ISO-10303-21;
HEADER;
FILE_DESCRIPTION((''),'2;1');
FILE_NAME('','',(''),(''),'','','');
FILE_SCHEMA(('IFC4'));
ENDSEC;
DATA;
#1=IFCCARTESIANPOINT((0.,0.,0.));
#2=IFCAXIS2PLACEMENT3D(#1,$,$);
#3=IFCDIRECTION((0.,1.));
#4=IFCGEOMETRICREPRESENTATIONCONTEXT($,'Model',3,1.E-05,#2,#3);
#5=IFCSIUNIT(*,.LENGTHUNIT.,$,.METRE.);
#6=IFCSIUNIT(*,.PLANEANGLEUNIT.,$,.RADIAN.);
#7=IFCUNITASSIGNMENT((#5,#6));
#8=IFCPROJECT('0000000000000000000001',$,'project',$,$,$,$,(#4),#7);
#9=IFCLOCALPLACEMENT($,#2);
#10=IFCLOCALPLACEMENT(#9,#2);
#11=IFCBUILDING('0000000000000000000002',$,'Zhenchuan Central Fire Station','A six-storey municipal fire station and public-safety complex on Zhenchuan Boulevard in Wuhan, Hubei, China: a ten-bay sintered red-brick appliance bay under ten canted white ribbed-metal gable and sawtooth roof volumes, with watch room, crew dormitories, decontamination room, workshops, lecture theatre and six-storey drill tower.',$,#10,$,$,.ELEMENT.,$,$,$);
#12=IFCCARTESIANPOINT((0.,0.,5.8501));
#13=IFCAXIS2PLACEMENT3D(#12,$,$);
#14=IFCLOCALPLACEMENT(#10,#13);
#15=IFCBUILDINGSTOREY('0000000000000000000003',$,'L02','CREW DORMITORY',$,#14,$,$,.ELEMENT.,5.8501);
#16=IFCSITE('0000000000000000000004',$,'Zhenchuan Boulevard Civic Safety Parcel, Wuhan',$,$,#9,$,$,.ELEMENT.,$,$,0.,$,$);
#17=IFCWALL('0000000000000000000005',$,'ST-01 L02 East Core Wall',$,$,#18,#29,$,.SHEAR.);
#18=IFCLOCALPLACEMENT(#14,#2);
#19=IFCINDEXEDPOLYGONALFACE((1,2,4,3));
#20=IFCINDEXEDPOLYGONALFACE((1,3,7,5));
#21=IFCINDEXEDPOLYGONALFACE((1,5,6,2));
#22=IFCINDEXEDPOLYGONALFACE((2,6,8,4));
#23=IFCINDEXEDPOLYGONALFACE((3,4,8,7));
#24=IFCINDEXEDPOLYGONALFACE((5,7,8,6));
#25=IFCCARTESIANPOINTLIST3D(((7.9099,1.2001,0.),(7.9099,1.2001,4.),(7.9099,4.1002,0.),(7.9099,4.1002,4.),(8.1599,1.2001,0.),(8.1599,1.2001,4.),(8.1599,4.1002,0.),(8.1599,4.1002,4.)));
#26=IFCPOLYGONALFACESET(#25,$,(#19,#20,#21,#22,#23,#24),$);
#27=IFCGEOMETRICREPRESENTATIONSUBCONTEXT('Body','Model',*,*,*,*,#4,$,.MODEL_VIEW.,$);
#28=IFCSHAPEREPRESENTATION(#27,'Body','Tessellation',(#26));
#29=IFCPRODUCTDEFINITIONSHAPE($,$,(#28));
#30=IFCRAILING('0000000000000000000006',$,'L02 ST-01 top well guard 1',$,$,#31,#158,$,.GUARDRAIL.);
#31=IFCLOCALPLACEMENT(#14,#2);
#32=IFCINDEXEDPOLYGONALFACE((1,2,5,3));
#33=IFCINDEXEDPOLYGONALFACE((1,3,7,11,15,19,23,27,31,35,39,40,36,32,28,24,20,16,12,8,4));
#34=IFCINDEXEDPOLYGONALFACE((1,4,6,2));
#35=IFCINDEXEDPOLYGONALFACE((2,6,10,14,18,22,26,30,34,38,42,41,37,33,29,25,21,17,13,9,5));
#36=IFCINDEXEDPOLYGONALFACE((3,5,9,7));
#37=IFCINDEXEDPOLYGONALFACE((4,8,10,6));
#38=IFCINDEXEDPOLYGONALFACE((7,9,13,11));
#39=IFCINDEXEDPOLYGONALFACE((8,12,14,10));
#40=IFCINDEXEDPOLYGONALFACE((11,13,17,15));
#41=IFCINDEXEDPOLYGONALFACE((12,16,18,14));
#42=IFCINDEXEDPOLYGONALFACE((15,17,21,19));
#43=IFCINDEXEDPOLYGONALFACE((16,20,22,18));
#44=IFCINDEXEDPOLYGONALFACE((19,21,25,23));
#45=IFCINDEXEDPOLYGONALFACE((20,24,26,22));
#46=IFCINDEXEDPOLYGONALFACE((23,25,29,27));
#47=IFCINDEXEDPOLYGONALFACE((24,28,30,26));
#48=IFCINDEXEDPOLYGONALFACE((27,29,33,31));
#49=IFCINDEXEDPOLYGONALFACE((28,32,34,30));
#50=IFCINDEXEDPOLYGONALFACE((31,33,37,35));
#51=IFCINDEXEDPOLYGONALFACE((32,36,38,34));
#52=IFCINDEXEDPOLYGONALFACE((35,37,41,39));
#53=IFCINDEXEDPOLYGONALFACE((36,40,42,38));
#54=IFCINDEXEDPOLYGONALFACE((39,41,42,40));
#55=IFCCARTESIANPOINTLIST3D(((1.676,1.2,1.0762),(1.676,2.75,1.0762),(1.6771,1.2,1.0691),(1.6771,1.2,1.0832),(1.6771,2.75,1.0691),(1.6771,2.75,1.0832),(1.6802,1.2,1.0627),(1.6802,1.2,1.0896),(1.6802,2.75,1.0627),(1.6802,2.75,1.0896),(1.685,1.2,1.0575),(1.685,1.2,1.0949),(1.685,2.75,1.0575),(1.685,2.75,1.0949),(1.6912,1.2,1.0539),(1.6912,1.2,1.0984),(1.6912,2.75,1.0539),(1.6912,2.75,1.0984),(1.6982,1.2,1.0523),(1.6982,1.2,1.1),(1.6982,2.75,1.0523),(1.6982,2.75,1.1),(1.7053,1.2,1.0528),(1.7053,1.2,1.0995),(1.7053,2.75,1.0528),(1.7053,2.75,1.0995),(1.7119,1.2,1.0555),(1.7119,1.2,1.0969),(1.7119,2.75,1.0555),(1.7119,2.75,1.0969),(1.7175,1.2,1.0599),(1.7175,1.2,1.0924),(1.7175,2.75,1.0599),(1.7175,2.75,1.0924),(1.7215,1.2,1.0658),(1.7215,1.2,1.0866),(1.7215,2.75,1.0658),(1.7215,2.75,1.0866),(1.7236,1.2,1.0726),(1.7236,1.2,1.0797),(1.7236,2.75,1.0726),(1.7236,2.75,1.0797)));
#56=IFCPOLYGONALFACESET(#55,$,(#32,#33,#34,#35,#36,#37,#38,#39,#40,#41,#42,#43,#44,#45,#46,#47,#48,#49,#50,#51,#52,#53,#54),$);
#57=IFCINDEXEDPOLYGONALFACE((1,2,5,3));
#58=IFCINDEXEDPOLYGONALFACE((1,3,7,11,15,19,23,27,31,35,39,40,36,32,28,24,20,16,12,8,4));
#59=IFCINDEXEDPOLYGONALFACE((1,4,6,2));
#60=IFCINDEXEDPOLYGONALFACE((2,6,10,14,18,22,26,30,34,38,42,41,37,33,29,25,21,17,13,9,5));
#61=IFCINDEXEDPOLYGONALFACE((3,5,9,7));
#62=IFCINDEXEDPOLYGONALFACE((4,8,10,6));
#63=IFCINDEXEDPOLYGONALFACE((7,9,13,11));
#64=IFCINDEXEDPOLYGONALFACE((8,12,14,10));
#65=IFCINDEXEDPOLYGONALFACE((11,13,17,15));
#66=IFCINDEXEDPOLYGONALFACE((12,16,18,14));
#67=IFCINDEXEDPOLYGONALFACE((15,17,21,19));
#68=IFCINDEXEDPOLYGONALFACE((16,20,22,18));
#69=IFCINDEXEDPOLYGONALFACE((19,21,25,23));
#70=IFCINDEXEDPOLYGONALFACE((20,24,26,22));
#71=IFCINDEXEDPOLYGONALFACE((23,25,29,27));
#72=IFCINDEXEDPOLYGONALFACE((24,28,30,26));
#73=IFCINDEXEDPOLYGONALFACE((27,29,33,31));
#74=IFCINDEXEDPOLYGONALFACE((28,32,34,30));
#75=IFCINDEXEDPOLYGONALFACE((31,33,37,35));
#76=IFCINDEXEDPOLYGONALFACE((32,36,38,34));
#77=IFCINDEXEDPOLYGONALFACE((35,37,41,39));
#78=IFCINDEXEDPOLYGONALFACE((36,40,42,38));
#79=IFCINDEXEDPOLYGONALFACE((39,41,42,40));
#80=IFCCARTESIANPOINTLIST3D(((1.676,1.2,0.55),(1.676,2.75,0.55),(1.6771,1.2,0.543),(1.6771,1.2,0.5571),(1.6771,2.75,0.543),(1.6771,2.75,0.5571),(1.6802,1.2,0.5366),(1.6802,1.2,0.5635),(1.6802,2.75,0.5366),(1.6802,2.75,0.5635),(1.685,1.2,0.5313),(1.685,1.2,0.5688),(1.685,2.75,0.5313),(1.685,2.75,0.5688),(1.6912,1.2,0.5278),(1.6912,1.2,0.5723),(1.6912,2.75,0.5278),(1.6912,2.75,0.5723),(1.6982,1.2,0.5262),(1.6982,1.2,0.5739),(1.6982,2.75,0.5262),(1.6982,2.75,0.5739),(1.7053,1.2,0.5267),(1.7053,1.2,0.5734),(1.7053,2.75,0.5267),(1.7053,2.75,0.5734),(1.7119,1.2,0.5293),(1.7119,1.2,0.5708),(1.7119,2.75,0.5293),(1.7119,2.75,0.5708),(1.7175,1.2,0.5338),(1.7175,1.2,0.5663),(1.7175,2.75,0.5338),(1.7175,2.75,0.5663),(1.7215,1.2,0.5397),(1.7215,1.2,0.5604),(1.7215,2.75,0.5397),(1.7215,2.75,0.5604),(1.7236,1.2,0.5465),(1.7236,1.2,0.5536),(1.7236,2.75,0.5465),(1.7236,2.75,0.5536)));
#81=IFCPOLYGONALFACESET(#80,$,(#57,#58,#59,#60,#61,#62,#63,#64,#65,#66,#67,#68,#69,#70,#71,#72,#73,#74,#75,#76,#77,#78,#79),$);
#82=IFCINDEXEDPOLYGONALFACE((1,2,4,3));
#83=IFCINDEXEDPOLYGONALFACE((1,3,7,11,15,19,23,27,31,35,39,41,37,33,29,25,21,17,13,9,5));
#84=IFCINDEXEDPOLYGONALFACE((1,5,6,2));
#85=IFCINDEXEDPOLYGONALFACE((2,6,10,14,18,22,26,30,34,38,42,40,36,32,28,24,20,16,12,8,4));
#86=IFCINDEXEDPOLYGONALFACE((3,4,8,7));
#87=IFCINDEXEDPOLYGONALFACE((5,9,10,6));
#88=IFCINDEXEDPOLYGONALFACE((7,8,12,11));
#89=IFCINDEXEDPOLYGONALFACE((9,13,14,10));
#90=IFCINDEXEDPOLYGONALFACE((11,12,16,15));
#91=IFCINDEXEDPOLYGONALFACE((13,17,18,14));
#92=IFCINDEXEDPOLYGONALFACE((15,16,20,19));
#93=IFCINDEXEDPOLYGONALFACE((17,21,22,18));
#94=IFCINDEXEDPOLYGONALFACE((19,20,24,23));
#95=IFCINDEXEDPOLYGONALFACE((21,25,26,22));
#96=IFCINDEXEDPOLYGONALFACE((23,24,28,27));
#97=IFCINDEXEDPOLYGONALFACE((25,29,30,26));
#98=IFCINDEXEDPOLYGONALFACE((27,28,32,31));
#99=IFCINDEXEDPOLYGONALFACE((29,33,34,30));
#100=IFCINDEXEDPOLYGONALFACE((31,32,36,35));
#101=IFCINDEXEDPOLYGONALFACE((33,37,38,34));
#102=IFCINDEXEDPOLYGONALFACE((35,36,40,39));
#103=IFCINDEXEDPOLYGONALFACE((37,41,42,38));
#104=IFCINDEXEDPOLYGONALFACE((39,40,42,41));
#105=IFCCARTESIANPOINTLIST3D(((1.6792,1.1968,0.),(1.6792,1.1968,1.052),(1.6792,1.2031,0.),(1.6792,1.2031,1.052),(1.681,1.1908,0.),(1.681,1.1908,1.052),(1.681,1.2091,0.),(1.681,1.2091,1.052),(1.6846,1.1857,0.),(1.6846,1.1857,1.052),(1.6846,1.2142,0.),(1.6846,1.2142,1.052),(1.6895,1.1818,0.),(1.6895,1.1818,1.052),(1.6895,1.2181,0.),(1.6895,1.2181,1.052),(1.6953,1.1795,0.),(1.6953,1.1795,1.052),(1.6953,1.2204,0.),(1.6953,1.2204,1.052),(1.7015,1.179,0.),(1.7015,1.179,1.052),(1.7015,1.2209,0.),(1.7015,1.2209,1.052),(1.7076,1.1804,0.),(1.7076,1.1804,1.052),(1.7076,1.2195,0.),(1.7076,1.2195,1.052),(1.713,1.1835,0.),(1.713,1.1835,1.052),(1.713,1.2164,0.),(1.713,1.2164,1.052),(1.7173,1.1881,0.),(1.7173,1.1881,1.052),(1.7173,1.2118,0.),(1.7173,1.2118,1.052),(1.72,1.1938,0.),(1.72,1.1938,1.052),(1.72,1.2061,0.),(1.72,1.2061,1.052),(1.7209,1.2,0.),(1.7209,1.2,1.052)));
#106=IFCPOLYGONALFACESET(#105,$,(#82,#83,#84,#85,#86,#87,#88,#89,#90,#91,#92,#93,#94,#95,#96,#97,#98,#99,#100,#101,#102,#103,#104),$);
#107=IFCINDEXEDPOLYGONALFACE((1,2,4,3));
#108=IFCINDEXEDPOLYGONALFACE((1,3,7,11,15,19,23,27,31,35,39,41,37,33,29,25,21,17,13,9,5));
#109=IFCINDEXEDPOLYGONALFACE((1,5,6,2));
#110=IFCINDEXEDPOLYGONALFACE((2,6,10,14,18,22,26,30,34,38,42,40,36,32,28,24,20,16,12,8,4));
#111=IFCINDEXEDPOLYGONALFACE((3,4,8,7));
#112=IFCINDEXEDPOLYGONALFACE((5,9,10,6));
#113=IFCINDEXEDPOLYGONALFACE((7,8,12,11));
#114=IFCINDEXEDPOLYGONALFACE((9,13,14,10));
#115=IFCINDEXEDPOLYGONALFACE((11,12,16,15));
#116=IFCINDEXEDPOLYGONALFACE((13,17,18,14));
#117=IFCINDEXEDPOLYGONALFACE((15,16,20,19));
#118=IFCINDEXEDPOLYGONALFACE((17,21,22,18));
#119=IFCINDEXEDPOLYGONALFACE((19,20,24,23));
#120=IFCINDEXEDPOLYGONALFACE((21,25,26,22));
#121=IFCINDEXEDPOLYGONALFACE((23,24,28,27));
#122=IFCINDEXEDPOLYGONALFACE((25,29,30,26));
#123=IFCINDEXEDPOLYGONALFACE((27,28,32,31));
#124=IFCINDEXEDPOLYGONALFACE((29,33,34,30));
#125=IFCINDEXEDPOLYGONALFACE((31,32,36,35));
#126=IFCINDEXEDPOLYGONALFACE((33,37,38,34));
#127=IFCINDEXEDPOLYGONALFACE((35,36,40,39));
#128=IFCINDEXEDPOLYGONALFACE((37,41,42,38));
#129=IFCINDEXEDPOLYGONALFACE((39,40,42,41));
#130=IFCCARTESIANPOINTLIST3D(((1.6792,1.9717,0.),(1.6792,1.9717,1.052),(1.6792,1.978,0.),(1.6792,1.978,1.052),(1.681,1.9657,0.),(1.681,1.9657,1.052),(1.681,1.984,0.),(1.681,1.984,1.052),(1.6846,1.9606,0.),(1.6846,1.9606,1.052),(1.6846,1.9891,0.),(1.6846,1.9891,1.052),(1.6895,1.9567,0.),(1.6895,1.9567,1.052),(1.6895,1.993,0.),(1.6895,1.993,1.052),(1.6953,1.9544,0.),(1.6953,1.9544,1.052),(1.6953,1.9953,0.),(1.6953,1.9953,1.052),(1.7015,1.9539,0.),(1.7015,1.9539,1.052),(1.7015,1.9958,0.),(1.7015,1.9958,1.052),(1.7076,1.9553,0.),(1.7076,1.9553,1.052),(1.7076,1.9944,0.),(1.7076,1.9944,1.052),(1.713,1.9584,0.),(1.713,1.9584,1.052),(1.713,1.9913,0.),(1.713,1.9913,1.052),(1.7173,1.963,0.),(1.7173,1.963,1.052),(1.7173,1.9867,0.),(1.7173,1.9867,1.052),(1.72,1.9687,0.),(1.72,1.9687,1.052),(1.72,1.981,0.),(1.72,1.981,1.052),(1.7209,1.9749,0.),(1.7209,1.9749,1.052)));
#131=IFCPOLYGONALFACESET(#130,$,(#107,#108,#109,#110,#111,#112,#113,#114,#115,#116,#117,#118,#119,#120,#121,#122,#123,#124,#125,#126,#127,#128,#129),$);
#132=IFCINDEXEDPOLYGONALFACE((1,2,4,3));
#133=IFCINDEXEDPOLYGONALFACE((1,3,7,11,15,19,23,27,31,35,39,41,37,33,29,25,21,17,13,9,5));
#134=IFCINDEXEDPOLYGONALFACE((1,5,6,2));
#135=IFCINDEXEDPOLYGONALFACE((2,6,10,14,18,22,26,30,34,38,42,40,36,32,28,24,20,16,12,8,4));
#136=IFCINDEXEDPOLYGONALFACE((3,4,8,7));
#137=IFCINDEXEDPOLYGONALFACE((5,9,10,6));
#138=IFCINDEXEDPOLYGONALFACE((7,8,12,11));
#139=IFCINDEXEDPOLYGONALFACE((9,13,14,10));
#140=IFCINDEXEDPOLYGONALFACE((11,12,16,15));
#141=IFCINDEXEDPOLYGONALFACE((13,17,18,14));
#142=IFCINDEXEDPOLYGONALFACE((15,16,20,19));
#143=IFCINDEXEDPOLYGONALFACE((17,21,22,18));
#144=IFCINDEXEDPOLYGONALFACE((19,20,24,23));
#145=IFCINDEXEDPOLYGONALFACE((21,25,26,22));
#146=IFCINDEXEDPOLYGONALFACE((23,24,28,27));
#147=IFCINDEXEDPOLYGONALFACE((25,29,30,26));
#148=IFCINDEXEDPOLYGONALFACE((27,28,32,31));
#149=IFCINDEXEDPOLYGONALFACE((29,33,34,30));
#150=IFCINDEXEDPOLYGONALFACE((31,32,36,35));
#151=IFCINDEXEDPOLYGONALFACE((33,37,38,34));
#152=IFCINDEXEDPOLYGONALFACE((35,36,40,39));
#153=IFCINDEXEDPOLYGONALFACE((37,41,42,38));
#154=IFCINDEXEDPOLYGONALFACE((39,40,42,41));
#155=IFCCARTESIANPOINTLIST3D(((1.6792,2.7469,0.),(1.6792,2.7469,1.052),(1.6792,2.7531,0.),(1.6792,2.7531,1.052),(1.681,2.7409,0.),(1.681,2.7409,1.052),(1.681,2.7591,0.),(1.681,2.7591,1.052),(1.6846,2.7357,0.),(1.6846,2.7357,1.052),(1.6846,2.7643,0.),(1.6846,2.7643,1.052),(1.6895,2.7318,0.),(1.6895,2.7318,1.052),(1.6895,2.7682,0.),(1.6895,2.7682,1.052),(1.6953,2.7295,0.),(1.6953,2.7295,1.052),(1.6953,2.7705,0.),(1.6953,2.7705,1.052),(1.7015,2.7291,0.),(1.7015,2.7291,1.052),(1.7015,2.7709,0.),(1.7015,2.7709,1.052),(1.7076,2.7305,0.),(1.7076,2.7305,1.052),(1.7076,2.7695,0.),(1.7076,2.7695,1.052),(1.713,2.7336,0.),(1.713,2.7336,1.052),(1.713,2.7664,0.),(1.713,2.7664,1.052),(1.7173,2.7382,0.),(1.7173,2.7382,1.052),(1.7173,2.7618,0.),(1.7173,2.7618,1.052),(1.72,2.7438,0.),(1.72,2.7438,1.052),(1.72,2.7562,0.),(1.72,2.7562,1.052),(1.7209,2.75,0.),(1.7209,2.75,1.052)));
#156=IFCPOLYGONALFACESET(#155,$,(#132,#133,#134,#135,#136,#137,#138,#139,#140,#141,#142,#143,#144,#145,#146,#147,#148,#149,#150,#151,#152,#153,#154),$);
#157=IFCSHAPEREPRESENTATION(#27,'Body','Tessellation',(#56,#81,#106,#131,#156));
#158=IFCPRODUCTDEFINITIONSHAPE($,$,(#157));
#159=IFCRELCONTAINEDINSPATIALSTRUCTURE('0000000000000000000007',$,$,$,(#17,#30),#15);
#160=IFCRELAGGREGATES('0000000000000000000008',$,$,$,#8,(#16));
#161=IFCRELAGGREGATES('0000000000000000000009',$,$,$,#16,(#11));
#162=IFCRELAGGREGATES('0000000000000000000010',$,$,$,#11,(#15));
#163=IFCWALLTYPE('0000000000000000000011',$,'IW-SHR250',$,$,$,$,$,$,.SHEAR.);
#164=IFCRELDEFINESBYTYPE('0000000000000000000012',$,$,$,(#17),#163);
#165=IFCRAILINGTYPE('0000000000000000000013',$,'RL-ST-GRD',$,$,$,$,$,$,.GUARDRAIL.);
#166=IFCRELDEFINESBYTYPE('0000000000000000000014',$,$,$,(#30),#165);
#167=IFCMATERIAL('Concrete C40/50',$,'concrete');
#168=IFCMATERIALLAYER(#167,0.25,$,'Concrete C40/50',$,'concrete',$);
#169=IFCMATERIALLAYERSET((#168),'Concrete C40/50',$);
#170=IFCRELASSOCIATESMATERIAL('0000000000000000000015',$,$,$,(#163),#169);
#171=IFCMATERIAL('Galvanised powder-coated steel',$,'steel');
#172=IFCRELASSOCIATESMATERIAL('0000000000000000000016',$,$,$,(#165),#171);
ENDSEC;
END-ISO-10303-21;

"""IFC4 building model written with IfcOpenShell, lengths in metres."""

from ifc_helpers import new_model, si_unit, direction, frame, frame_2d, origin, origin_2d, place, context, subcontext, project, spatial, rectangle, circle, extrude, material, layer, layer_set, type_object, element, save


model = new_model("IFC4")

# Units and contexts
model_context = context("Model", 3, precision=1e-05, world=origin(), true_north=direction((0.0, 1.0)))
body_context = subcontext(model_context, "Body", "Model", "MODEL_VIEW")
ifc_project = project(units=[si_unit("LENGTHUNIT", "METRE"), si_unit("PLANEANGLEUNIT", "RADIAN")], contexts=[model_context])

# Site, building, storey
site_placement = place(None, origin())
site = spatial("IfcSite", under=ifc_project, at=site_placement, Name="Zhenchuan Boulevard Civic Safety Parcel, Wuhan", CompositionType="ELEMENT", RefElevation=0.0)
building_placement = place(site_placement, origin())
building = spatial("IfcBuilding", under=site, at=building_placement, Name="Zhenchuan Central Fire Station", Description="A six-storey municipal fire station and public-safety complex on Zhenchuan Boulevard in Wuhan, Hubei, China: a ten-bay sintered red-brick appliance bay under ten canted white ribbed-metal gable and sawtooth roof volumes, with watch room, crew dormitories, decontamination room, workshops, lecture theatre and six-storey drill tower.", CompositionType="ELEMENT")
storey_placement = place(building_placement, frame((0.0, 0.0, 5.8501)))
storey = spatial("IfcBuildingStorey", under=building, at=storey_placement, Name="L02", Description="CREW DORMITORY", CompositionType="ELEMENT", Elevation=5.8501)

# Shared definitions
ifc_material_1 = material(Name="Concrete C40/50", Category="concrete")
ifc_layer_1 = layer(ifc_material_1, 0.25, Name="Concrete C40/50", Category="concrete")
ifc_layer_set_1 = layer_set([ifc_layer_1], Name="Concrete C40/50")
wall_type_1 = type_object("IfcWallType", Name="IW-SHR250", PredefinedType="SHEAR", material=ifc_layer_set_1)

# Wall
for number, where, z_axis, x_axis, name in (
    (1, (8.0349, 1.2, 0.0), (0.0, 0.0, 1.0), (0.0, 1.0, 0.0), "ST-01 L02 East Core Wall"),
):
    element("IfcWall", number, at=place(storey_placement, frame(where, z_axis=z_axis, x_axis=x_axis)), inside=storey, type_object=wall_type_1, Name=name, PredefinedType="SHEAR", context=body_context, shape_type="SweptSolid", body=[
        extrude(rectangle(XDim=2.9001, YDim=0.25, at=frame_2d((1.4502, 0.0))), origin(), (0.0, 0.0, 1.0), 4.0),
    ])

# Railing
ifc_material_2 = material(Name="Galvanised powder-coated steel", Category="steel")
railing_type = type_object("IfcRailingType", Name="RL-ST-GRD", PredefinedType="GUARDRAIL", material=ifc_material_2)
railing_placement = place(storey_placement, frame((1.7, 1.2, 0.0)))
element("IfcRailing", 2, at=railing_placement, inside=storey, type_object=railing_type, Name="L02 ST-01 top well guard 1", PredefinedType="GUARDRAIL", context=body_context, shape_type="SweptSolid", body=[
    extrude(circle(Radius=0.0239, at=origin_2d()), frame((0.0, 0.0, 1.0762), z_axis=(0.0, 1.0, 0.0), x_axis=(-1.0, 0.0, 0.0)), (0.0, 0.0, 1.0), 1.55),
    extrude(circle(Radius=0.0239, at=origin_2d()), frame((0.0, 0.0, 0.55), z_axis=(0.0, 1.0, 0.0), x_axis=(-1.0, 0.0, 0.0)), (0.0, 0.0, 1.0), 1.55),
    extrude(circle(Radius=0.021, at=origin_2d()), origin(), (0.0, 0.0, 1.0), 1.052),
    extrude(circle(Radius=0.021, at=origin_2d()), frame((0.0, 0.7749, 0.0)), (0.0, 0.0, 1.0), 1.052),
    extrude(circle(Radius=0.021, at=origin_2d()), frame((0.0, 1.55, 0.0)), (0.0, 0.0, 1.0), 1.052),
])

save(model, "model.ifc")
